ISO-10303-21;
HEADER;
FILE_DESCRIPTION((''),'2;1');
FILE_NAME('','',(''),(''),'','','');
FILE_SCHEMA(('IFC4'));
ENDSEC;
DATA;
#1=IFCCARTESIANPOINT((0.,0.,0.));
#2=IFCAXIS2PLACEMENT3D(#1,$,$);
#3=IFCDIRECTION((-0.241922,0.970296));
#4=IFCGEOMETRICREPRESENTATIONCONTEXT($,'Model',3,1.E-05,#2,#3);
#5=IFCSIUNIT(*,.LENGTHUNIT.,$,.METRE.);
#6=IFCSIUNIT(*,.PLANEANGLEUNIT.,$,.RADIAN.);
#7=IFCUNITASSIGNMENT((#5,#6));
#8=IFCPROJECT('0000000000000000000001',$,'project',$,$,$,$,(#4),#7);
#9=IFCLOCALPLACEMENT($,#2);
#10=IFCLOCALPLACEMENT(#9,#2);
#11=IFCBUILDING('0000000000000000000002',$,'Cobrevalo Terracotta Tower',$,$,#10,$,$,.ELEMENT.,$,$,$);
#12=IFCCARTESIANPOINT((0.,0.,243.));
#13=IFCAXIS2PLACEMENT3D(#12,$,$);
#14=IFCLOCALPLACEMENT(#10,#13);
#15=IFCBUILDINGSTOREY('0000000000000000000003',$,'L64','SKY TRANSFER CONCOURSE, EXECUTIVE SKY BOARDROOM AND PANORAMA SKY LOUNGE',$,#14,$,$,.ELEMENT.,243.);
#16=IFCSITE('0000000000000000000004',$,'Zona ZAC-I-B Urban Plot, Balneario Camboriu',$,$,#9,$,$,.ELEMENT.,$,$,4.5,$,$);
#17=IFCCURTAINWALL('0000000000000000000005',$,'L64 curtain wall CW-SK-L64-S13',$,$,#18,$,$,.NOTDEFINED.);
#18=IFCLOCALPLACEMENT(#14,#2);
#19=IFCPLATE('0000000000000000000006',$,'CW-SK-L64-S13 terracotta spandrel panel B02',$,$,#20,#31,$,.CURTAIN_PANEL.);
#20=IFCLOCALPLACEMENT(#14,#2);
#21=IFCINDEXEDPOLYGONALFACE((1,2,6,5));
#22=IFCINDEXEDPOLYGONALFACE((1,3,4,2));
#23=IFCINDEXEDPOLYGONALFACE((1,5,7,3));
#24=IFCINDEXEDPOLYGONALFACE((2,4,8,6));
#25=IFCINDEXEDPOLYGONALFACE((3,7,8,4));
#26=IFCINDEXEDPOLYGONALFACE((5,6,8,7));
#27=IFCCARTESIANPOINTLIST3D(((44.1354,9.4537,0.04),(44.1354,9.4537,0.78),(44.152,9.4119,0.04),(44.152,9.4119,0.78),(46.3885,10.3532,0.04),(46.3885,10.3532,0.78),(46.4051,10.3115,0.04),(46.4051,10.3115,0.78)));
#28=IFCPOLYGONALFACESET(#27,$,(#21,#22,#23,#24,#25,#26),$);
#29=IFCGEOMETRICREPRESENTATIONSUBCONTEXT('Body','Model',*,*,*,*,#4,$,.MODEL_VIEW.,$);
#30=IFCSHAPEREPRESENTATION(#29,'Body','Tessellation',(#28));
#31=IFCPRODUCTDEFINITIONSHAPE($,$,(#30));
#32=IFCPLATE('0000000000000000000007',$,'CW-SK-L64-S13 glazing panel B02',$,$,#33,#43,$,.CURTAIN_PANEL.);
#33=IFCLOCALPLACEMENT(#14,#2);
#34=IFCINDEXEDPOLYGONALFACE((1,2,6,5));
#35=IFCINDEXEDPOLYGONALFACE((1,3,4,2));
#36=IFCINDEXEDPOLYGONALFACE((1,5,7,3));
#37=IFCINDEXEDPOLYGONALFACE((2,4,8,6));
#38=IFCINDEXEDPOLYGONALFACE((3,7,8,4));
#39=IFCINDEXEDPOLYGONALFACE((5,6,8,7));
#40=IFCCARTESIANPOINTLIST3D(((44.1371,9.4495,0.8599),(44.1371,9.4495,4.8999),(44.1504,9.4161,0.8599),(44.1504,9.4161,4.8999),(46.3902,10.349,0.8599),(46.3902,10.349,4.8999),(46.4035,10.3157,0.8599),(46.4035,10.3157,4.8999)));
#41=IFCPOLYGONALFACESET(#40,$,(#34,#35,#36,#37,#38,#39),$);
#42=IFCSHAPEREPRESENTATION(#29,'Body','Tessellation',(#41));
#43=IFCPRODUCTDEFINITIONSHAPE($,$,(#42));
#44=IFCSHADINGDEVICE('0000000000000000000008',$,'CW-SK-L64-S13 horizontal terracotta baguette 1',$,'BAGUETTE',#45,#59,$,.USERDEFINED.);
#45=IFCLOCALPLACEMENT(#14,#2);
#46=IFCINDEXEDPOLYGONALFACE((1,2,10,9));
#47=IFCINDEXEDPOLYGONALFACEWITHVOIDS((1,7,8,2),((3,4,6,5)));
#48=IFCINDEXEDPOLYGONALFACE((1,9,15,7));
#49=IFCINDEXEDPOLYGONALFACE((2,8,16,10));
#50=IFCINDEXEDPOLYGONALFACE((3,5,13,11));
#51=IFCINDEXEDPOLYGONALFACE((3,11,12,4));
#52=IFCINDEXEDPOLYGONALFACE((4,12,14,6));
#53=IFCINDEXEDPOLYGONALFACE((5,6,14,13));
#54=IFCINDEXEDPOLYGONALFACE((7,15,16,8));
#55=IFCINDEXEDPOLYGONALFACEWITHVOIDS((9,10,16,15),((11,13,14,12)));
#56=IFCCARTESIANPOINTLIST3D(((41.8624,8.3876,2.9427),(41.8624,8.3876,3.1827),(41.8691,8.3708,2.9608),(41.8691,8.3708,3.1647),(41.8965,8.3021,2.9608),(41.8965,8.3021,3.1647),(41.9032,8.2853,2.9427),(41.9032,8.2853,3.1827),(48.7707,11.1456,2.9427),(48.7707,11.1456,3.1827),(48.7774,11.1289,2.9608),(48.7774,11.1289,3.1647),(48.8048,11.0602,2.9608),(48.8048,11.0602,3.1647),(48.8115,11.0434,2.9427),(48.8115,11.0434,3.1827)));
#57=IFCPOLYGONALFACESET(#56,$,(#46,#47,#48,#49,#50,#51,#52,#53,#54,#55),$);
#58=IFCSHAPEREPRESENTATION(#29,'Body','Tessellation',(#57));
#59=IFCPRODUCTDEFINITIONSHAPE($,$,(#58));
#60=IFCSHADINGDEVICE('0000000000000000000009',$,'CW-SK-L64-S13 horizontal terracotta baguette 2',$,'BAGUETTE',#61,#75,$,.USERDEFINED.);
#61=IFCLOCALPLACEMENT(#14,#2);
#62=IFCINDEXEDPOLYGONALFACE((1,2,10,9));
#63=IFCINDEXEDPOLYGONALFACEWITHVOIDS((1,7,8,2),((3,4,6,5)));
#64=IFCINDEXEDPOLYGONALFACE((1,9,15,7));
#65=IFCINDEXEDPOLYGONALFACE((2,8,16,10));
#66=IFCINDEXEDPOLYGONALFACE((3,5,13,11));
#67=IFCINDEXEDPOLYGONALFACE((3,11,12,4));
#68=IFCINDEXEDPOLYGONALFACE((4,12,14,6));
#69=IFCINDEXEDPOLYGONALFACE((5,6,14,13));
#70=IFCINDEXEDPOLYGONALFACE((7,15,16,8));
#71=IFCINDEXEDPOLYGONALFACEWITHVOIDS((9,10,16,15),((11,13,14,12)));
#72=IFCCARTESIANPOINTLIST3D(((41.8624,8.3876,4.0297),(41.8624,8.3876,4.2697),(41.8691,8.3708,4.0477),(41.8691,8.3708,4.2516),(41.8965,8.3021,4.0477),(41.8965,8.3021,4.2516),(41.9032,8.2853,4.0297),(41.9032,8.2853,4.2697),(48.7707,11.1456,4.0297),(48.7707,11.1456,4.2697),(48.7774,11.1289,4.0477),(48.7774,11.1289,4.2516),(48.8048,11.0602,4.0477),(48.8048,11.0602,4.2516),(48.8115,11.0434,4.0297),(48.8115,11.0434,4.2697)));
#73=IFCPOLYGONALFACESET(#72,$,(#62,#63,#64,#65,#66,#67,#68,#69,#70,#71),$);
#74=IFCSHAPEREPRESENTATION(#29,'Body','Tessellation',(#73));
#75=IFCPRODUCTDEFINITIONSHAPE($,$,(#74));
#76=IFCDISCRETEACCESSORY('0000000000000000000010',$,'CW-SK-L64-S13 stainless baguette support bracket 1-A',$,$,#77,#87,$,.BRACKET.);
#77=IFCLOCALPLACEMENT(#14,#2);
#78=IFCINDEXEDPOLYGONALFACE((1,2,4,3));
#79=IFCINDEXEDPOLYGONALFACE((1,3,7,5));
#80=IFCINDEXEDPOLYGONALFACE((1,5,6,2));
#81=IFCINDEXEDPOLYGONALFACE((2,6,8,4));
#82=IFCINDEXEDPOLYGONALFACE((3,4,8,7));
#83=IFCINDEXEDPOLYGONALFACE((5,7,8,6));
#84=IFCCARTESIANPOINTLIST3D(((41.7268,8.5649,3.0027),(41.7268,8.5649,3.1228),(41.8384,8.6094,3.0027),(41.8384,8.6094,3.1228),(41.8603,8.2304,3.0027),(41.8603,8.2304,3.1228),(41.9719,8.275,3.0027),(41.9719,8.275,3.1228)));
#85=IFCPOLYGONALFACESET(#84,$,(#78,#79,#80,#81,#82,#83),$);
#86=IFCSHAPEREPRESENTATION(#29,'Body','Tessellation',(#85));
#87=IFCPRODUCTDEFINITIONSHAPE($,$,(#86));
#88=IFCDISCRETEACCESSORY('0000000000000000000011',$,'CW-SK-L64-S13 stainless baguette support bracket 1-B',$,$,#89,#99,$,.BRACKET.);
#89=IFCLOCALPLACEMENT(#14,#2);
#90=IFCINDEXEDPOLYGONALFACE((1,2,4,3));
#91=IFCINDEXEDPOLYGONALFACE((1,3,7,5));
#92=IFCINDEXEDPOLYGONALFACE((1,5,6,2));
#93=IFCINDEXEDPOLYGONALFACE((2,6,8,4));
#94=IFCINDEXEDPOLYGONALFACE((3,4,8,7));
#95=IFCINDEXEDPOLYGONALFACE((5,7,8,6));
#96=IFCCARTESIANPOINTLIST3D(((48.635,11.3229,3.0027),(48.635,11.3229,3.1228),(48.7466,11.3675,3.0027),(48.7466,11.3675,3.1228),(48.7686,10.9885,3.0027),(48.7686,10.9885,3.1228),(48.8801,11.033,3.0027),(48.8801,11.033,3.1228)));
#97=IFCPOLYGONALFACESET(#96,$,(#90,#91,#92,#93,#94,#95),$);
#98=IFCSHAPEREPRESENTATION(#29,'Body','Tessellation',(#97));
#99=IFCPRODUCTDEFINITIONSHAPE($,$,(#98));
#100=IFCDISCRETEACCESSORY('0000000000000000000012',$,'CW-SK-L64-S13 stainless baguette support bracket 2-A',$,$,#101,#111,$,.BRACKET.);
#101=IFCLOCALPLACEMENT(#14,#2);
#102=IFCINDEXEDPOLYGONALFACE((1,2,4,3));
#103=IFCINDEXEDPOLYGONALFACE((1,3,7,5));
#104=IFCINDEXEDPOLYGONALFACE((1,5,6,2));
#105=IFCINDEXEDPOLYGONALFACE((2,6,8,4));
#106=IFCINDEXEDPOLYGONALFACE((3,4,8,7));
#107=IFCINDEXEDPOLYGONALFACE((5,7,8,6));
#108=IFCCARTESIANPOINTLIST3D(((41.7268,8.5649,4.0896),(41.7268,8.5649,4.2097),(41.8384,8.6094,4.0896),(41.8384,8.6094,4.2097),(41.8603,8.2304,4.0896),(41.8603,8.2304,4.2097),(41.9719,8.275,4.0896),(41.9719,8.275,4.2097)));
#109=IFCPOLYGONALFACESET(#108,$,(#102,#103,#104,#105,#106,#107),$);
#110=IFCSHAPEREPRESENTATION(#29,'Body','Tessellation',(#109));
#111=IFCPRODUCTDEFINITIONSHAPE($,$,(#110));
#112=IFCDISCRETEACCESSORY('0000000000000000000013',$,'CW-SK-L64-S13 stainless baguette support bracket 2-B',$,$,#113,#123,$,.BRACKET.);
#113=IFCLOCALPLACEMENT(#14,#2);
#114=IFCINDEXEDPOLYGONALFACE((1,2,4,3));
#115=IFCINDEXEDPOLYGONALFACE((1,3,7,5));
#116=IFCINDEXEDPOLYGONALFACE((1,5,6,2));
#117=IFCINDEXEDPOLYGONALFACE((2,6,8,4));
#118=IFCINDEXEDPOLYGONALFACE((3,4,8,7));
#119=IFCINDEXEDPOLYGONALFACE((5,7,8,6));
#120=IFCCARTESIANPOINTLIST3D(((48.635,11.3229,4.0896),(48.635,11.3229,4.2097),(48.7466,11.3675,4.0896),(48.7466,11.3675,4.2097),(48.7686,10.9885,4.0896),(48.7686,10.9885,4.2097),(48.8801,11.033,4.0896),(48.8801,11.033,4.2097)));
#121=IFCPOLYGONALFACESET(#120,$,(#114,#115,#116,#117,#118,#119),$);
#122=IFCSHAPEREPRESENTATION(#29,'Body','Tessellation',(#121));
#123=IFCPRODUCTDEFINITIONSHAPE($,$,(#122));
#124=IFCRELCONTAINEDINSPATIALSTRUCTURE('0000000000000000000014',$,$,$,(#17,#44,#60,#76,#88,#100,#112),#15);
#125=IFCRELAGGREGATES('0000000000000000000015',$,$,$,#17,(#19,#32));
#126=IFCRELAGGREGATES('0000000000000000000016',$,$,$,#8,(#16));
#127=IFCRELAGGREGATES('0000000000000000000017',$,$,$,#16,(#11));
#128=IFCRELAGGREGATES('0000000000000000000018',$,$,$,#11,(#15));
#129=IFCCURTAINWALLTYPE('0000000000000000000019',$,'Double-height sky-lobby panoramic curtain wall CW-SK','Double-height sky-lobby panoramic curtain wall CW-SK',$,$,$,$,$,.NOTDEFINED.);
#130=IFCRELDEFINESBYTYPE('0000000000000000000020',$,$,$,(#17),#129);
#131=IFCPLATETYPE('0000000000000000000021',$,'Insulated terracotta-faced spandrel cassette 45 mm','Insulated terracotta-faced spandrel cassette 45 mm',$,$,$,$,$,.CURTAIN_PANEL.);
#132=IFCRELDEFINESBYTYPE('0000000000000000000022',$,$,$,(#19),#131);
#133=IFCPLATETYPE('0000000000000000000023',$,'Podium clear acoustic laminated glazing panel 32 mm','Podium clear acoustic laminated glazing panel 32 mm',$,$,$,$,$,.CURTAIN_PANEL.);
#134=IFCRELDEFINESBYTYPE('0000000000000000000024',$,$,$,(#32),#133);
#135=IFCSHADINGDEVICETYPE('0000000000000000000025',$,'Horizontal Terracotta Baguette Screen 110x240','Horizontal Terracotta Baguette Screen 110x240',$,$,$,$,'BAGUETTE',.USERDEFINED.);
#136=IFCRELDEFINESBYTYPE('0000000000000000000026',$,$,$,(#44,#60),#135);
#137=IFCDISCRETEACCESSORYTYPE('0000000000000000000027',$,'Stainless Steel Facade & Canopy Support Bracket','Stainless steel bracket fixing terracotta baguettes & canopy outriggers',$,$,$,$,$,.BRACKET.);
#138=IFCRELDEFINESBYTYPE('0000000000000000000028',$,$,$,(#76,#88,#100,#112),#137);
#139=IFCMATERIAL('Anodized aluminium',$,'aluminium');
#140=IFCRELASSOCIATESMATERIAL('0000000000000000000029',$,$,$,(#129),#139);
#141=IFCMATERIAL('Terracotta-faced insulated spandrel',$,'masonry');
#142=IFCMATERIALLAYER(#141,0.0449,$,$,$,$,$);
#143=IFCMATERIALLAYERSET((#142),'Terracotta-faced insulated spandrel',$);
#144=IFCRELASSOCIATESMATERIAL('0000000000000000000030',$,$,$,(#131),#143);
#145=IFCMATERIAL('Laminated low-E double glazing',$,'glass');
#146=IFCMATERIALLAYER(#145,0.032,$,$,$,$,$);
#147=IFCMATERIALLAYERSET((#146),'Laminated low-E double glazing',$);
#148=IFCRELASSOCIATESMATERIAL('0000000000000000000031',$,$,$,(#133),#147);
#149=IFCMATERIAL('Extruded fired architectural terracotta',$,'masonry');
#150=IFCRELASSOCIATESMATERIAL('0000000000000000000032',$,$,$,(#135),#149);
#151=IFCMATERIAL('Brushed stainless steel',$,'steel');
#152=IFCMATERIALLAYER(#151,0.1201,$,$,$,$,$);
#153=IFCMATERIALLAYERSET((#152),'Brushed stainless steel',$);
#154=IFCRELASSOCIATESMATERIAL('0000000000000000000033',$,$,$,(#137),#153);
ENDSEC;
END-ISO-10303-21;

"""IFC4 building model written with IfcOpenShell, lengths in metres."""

from ifc_helpers import new_model, si_unit, direction, frame, origin, origin_2d, place, context, subcontext, project, spatial, rectangle, hollow_rectangle, extrude, source, transform, mapped, material, layer, layer_set, material_profile, profile_set, type_object, element, aggregate, save


model = new_model("IFC4")

# Units and contexts
model_context = context("Model", 3, precision=1e-05, world=origin(), true_north=direction((-0.241922, 0.970296)))
body_context = subcontext(model_context, "Body", "Model", "MODEL_VIEW")
ifc_project = project(units=[si_unit("LENGTHUNIT", "METRE"), si_unit("PLANEANGLEUNIT", "RADIAN")], contexts=[model_context])

# Site, building, storey
site_placement = place(None, origin())
site = spatial("IfcSite", under=ifc_project, at=site_placement, Name="Zona ZAC-I-B Urban Plot, Balneario Camboriu", CompositionType="ELEMENT", RefElevation=4.5)
building_placement = place(site_placement, origin())
building = spatial("IfcBuilding", under=site, at=building_placement, Name="Cobrevalo Terracotta Tower", CompositionType="ELEMENT")
storey_placement = place(building_placement, frame((0.0, 0.0, 243.0)))
storey = spatial("IfcBuildingStorey", under=building, at=storey_placement, Name="L64", Description="SKY TRANSFER CONCOURSE, EXECUTIVE SKY BOARDROOM AND PANORAMA SKY LOUNGE", CompositionType="ELEMENT", Elevation=243.0)

# Shared definitions
ifc_material_1 = material(Name="Anodized aluminium", Category="aluminium")
curtain_wall_type = type_object("IfcCurtainWallType", Name="Double-height sky-lobby panoramic curtain wall CW-SK", Description="Double-height sky-lobby panoramic curtain wall CW-SK", PredefinedType="NOTDEFINED", material=ifc_material_1)

# Curtain wall, plates
curtain_wall_1_placement = place(storey_placement, origin())
curtain_wall_1 = element("IfcCurtainWall", 1, at=curtain_wall_1_placement, inside=storey, type_object=curtain_wall_type, Name="L64 curtain wall CW-SK-L64-S13", PredefinedType="NOTDEFINED")
ifc_material_2 = material(Name="Terracotta-faced insulated spandrel", Category="masonry")
ifc_layer_1 = layer(ifc_material_2, 0.0449)
ifc_layer_set_1 = layer_set([ifc_layer_1], Name="Terracotta-faced insulated spandrel")
plate_type_1 = type_object("IfcPlateType", Name="Insulated terracotta-faced spandrel cassette 45 mm", Description="Insulated terracotta-faced spandrel cassette 45 mm", PredefinedType="CURTAIN_PANEL", material=ifc_layer_set_1)
ifc_material_3 = material(Name="Laminated low-E double glazing", Category="glass")
ifc_layer_2 = layer(ifc_material_3, 0.032)
ifc_layer_set_2 = layer_set([ifc_layer_2], Name="Laminated low-E double glazing")
plate_type_2 = type_object("IfcPlateType", Name="Podium clear acoustic laminated glazing panel 32 mm", Description="Podium clear acoustic laminated glazing panel 32 mm", PredefinedType="CURTAIN_PANEL", material=ifc_layer_set_2)
shared_shape_1 = source(origin(), body_context, "Body", "SweptSolid", [
    extrude(rectangle(XDim=2.426, YDim=0.0449, at=origin_2d()), origin(), (0.0, 0.0, 1.0), 0.74),
])
plate_1_placement = place(storey_placement, frame((45.2703, 9.8826, 0.04), z_axis=(0.0, 0.0, 1.0), x_axis=(0.928718, 0.370786, 0.0)))
plate_1 = element("IfcPlate", 2, at=plate_1_placement, type_object=plate_type_1, Name="CW-SK-L64-S13 terracotta spandrel panel B02", PredefinedType="CURTAIN_PANEL", context=body_context, shape_type="MappedRepresentation", body=[
    mapped(shared_shape_1, transform((0.0, 0.0, 0.0), scale=1.0)),
])
shared_shape_2 = source(origin(), body_context, "Body", "SweptSolid", [
    extrude(rectangle(XDim=2.426, YDim=0.0359, at=origin_2d()), origin(), (0.0, 0.0, 1.0), 4.04),
])
plate_2_placement = place(storey_placement, frame((45.2703, 9.8826, 0.8599), z_axis=(0.0, 0.0, 1.0), x_axis=(0.928718, 0.370786, 0.0)))
plate_2 = element("IfcPlate", 3, at=plate_2_placement, type_object=plate_type_2, Name="CW-SK-L64-S13 glazing panel B02", PredefinedType="CURTAIN_PANEL", context=body_context, shape_type="MappedRepresentation", body=[
    mapped(shared_shape_2, transform((0.0, 0.0, 0.0), scale=1.0)),
])
aggregate(curtain_wall_1, [plate_1, plate_2])

# Shading devices
ifc_material_4 = material(Name="Extruded fired architectural terracotta", Category="masonry")
ifc_material_profile_1 = material_profile(ifc_material_4, hollow_rectangle(XDim=0.1101, YDim=0.24, WallThickness=0.0181, at=origin_2d()), Name="BAGUETTE 110x240")
ifc_profile_set_1 = profile_set([ifc_material_profile_1], Name="Extruded fired architectural terracotta")
shading_device_type = type_object("IfcShadingDeviceType", Name="Horizontal Terracotta Baguette Screen 110x240", Description="Horizontal Terracotta Baguette Screen 110x240", ElementType="BAGUETTE", PredefinedType="USERDEFINED", material=ifc_profile_set_1)
shared_shape_3 = source(origin(), body_context, "Body", "SweptSolid", [
    extrude(hollow_rectangle(XDim=0.1101, YDim=0.24, WallThickness=0.0181, at=origin_2d()), origin(), (0.0, 0.0, 1.0), 7.4385),
])
for number, where, z_axis, x_axis, name in (
    (4, (41.8828, 8.3364, 3.0627), (0.928719, 0.370785, 0.0), (-0.370785, 0.928719, 0.0), "CW-SK-L64-S13 horizontal terracotta baguette 1"),
    (5, (41.8828, 8.3364, 4.1497), (0.928719, 0.370785, 0.0), (-0.370785, 0.928719, 0.0), "CW-SK-L64-S13 horizontal terracotta baguette 2"),
):
    element("IfcShadingDevice", number, at=place(storey_placement, frame(where, z_axis=z_axis, x_axis=x_axis)), inside=storey, type_object=shading_device_type, Name=name, ObjectType="BAGUETTE", PredefinedType="USERDEFINED", context=body_context, shape_type="MappedRepresentation", body=[
        mapped(shared_shape_3, transform((0.0, 0.0, 0.0), scale=1.0)),
    ])

# Discrete accessories
ifc_material_5 = material(Name="Brushed stainless steel", Category="steel")
ifc_layer_3 = layer(ifc_material_5, 0.1201)
ifc_layer_set_3 = layer_set([ifc_layer_3], Name="Brushed stainless steel")
discrete_accessory_type = type_object("IfcDiscreteAccessoryType", Name="Stainless Steel Facade & Canopy Support Bracket", Description="Stainless steel bracket fixing terracotta baguettes & canopy outriggers", PredefinedType="BRACKET", material=ifc_layer_set_3)
shared_shape_4 = source(origin(), body_context, "Body", "SweptSolid", [
    extrude(rectangle(XDim=0.1201, YDim=0.3601, at=origin_2d()), origin(), (0.0, 0.0, 1.0), 0.1201),
])
for number, where, z_axis, x_axis, name in (
    (6, (41.8494, 8.4199, 3.0027), (0.0, 0.0, 1.0), (0.928718, 0.370786, 0.0), "CW-SK-L64-S13 stainless baguette support bracket 1-A"),
    (7, (48.7576, 11.178, 3.0027), (0.0, 0.0, 1.0), (0.928718, 0.370786, 0.0), "CW-SK-L64-S13 stainless baguette support bracket 1-B"),
    (8, (41.8494, 8.4199, 4.0896), (0.0, 0.0, 1.0), (0.928718, 0.370786, 0.0), "CW-SK-L64-S13 stainless baguette support bracket 2-A"),
    (9, (48.7576, 11.178, 4.0896), (0.0, 0.0, 1.0), (0.928718, 0.370786, 0.0), "CW-SK-L64-S13 stainless baguette support bracket 2-B"),
):
    element("IfcDiscreteAccessory", number, at=place(storey_placement, frame(where, z_axis=z_axis, x_axis=x_axis)), inside=storey, type_object=discrete_accessory_type, Name=name, PredefinedType="BRACKET", context=body_context, shape_type="MappedRepresentation", body=[
        mapped(shared_shape_4, transform((0.0, 0.0, 0.0), scale=1.0)),
    ])

save(model, "model.ifc")
